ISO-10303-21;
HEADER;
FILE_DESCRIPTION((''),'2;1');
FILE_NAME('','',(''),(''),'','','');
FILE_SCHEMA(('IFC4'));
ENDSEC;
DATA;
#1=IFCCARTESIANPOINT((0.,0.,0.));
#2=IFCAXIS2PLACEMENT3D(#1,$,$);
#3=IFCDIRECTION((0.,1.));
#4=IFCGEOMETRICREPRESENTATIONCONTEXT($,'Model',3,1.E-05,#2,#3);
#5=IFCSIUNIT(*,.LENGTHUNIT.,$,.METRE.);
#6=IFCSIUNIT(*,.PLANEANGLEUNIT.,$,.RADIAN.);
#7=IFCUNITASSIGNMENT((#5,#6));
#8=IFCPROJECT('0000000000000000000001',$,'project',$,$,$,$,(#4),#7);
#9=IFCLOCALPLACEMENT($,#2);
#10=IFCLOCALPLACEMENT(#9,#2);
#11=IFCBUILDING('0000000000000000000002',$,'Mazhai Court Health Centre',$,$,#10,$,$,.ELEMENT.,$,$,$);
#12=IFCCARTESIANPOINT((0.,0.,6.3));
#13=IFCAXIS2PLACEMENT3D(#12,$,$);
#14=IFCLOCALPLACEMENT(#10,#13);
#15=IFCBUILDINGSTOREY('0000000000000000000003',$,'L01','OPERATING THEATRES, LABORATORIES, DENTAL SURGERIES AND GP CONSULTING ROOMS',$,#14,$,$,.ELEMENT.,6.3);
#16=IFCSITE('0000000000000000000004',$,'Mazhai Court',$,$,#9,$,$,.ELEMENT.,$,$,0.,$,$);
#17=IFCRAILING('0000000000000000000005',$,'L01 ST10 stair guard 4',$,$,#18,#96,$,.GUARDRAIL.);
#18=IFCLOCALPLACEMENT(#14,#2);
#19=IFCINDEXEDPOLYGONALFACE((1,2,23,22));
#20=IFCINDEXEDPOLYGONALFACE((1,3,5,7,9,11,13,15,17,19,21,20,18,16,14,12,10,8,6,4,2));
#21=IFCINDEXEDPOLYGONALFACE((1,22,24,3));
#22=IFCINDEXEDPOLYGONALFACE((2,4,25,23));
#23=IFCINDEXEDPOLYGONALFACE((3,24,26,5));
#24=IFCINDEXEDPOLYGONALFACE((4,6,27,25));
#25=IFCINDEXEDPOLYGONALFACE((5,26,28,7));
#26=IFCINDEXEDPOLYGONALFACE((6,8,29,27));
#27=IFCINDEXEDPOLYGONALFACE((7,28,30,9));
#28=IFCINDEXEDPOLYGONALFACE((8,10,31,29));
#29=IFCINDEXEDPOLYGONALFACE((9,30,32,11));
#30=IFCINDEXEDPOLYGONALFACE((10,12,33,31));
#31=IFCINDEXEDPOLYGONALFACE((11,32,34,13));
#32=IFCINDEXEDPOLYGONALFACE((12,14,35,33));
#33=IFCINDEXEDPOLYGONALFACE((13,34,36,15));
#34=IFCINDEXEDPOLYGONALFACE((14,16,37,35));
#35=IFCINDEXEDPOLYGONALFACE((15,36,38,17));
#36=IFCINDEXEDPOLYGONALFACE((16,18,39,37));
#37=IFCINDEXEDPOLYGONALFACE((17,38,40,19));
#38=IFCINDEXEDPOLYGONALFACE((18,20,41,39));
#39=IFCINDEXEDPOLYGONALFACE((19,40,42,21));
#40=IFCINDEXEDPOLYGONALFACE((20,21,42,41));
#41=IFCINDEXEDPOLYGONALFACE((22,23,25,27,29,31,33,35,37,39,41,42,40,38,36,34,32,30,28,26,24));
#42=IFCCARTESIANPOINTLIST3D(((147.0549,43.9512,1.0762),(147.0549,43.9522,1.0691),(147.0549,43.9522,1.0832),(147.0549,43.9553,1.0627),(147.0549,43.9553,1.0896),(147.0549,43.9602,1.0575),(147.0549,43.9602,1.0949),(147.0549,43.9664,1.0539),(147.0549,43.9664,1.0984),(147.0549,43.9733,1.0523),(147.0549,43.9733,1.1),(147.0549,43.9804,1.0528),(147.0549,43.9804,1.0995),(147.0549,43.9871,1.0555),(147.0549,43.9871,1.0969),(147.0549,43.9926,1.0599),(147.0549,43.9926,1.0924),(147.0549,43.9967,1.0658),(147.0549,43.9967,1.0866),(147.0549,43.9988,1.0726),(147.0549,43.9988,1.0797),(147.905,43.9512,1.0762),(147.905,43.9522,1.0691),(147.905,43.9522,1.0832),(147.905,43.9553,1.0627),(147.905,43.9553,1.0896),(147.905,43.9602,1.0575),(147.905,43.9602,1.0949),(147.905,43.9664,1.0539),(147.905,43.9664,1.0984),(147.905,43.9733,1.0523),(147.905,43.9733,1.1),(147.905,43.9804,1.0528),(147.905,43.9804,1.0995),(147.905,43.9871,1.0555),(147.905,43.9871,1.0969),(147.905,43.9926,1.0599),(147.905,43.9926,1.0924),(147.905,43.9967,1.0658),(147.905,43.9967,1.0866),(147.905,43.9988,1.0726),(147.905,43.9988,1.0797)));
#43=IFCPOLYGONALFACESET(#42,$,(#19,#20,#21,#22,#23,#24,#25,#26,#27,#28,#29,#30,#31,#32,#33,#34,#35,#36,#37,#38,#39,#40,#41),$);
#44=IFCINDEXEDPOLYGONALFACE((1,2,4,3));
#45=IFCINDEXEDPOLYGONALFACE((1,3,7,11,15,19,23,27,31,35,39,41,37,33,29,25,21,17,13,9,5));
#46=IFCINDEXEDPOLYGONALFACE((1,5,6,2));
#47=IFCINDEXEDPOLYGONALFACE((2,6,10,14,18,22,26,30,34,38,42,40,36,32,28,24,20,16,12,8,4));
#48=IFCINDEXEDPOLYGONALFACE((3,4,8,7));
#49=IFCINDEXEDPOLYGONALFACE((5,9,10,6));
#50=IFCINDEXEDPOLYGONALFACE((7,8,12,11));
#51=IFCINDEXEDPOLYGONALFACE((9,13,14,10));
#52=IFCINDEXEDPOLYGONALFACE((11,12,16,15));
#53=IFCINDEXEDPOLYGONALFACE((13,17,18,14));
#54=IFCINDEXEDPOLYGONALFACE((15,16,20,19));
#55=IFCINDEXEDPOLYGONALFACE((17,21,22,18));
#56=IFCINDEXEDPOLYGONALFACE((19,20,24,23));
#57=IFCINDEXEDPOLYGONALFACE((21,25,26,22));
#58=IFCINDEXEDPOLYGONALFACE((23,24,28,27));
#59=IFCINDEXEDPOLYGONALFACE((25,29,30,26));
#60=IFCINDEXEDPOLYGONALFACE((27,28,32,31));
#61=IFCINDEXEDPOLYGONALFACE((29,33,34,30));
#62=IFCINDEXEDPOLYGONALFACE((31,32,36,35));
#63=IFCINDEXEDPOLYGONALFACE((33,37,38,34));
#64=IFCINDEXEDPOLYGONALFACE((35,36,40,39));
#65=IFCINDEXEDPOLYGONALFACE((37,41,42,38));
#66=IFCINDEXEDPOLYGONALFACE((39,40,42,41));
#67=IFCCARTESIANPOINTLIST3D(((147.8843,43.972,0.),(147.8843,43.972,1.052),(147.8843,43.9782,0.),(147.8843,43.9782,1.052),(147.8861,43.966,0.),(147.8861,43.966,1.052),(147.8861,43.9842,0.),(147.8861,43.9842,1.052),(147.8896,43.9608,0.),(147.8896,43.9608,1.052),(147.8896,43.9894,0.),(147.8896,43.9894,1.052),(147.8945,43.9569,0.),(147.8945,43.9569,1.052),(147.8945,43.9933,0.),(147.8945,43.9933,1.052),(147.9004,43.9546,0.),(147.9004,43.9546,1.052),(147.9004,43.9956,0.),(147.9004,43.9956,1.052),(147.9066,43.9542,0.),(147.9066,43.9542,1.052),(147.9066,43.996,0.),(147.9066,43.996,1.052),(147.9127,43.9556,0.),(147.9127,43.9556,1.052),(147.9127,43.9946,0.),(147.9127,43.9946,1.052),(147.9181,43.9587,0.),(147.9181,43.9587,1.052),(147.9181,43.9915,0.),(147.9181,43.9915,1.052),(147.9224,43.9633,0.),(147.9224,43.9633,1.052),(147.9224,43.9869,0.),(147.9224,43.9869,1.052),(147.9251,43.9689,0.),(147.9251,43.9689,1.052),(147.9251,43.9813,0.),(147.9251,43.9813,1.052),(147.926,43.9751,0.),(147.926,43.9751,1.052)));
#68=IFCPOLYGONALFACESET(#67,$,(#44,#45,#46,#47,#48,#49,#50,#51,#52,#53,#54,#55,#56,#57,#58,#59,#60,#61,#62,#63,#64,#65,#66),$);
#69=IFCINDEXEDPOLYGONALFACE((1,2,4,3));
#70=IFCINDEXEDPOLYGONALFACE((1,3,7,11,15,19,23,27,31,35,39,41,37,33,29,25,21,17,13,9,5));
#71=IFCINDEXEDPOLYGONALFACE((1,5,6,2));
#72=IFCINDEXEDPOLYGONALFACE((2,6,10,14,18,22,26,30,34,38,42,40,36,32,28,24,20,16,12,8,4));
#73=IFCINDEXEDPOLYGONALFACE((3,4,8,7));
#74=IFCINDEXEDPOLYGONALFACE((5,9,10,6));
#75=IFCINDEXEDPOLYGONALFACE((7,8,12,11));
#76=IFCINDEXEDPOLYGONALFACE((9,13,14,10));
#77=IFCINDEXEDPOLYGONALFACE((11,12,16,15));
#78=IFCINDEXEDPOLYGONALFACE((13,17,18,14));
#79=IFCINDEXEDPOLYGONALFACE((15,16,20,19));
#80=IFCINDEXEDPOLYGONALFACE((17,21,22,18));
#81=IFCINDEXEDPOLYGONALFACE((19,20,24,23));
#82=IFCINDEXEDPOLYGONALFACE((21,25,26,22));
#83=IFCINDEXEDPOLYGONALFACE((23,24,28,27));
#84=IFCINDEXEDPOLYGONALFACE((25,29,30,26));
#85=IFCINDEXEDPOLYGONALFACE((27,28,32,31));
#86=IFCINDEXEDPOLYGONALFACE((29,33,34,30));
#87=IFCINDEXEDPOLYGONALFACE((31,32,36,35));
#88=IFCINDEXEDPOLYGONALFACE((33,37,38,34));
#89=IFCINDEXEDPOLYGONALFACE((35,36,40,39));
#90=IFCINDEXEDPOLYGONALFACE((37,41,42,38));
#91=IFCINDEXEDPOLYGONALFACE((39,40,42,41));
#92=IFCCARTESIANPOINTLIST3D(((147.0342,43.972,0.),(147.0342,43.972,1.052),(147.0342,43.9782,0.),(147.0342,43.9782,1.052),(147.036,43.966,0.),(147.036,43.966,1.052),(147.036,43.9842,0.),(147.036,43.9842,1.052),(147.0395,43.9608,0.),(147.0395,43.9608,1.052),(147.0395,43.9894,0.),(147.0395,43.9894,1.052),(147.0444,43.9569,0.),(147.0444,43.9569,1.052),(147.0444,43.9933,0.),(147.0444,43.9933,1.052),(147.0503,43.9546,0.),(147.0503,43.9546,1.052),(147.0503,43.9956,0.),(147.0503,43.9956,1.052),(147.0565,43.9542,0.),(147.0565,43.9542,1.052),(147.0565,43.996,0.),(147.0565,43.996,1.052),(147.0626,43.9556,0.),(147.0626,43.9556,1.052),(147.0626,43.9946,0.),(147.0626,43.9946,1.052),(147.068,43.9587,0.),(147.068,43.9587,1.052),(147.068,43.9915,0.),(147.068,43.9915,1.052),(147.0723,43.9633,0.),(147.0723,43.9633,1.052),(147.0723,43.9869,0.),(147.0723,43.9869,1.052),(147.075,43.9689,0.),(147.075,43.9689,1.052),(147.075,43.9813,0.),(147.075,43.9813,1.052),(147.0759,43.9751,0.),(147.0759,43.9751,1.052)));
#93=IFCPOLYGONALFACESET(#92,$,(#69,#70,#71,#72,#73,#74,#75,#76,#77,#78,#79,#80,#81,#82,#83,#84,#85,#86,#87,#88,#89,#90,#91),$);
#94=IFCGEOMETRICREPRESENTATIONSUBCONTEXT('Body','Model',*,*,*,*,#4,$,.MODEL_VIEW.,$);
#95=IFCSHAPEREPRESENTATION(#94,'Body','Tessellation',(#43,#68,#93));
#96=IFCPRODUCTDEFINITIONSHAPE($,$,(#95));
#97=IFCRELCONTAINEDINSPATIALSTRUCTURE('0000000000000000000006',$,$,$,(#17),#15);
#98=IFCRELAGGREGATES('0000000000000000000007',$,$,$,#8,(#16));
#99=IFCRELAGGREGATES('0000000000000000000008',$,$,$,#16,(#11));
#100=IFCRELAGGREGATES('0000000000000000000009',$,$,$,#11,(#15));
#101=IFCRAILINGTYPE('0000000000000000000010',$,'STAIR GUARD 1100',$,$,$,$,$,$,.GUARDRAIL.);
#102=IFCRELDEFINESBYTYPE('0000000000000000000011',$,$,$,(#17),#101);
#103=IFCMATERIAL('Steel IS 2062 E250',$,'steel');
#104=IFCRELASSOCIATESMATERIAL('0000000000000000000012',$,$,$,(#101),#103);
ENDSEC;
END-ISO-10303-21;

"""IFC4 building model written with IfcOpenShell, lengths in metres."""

from ifc_helpers import new_model, si_unit, direction, frame, origin, origin_2d, place, context, subcontext, project, spatial, circle, extrude, material, type_object, element, save


model = new_model("IFC4")

# Units and contexts
model_context = context("Model", 3, precision=1e-05, world=origin(), true_north=direction((0.0, 1.0)))
body_context = subcontext(model_context, "Body", "Model", "MODEL_VIEW")
ifc_project = project(units=[si_unit("LENGTHUNIT", "METRE"), si_unit("PLANEANGLEUNIT", "RADIAN")], contexts=[model_context])

# Site, building, storey
site_placement = place(None, origin())
site = spatial("IfcSite", under=ifc_project, at=site_placement, Name="Mazhai Court", CompositionType="ELEMENT", RefElevation=0.0)
building_placement = place(site_placement, origin())
building = spatial("IfcBuilding", under=site, at=building_placement, Name="Mazhai Court Health Centre", CompositionType="ELEMENT")
storey_placement = place(building_placement, frame((0.0, 0.0, 6.3)))
storey = spatial("IfcBuildingStorey", under=building, at=storey_placement, Name="L01", Description="OPERATING THEATRES, LABORATORIES, DENTAL SURGERIES AND GP CONSULTING ROOMS", CompositionType="ELEMENT", Elevation=6.3)

# Railing
ifc_material_1 = material(Name="Steel IS 2062 E250", Category="steel")
railing_type_1 = type_object("IfcRailingType", Name="STAIR GUARD 1100", PredefinedType="GUARDRAIL", material=ifc_material_1)
railing_1_placement = place(storey_placement, frame((147.905, 43.9751, 0.0)))
element("IfcRailing", 1, at=railing_1_placement, inside=storey, type_object=railing_type_1, Name="L01 ST10 stair guard 4", PredefinedType="GUARDRAIL", context=body_context, shape_type="SweptSolid", body=[
    extrude(circle(Radius=0.0239, at=origin_2d()), frame((0.0, 0.0, 1.0762), z_axis=(-1.0, 0.0, 0.0), x_axis=(0.0, -1.0, 0.0)), (0.0, 0.0, 1.0), 0.8501),
    extrude(circle(Radius=0.021, at=origin_2d()), origin(), (0.0, 0.0, 1.0), 1.052),
    extrude(circle(Radius=0.021, at=origin_2d()), frame((-0.8501, 0.0, 0.0)), (0.0, 0.0, 1.0), 1.052),
])

save(model, "model.ifc")
